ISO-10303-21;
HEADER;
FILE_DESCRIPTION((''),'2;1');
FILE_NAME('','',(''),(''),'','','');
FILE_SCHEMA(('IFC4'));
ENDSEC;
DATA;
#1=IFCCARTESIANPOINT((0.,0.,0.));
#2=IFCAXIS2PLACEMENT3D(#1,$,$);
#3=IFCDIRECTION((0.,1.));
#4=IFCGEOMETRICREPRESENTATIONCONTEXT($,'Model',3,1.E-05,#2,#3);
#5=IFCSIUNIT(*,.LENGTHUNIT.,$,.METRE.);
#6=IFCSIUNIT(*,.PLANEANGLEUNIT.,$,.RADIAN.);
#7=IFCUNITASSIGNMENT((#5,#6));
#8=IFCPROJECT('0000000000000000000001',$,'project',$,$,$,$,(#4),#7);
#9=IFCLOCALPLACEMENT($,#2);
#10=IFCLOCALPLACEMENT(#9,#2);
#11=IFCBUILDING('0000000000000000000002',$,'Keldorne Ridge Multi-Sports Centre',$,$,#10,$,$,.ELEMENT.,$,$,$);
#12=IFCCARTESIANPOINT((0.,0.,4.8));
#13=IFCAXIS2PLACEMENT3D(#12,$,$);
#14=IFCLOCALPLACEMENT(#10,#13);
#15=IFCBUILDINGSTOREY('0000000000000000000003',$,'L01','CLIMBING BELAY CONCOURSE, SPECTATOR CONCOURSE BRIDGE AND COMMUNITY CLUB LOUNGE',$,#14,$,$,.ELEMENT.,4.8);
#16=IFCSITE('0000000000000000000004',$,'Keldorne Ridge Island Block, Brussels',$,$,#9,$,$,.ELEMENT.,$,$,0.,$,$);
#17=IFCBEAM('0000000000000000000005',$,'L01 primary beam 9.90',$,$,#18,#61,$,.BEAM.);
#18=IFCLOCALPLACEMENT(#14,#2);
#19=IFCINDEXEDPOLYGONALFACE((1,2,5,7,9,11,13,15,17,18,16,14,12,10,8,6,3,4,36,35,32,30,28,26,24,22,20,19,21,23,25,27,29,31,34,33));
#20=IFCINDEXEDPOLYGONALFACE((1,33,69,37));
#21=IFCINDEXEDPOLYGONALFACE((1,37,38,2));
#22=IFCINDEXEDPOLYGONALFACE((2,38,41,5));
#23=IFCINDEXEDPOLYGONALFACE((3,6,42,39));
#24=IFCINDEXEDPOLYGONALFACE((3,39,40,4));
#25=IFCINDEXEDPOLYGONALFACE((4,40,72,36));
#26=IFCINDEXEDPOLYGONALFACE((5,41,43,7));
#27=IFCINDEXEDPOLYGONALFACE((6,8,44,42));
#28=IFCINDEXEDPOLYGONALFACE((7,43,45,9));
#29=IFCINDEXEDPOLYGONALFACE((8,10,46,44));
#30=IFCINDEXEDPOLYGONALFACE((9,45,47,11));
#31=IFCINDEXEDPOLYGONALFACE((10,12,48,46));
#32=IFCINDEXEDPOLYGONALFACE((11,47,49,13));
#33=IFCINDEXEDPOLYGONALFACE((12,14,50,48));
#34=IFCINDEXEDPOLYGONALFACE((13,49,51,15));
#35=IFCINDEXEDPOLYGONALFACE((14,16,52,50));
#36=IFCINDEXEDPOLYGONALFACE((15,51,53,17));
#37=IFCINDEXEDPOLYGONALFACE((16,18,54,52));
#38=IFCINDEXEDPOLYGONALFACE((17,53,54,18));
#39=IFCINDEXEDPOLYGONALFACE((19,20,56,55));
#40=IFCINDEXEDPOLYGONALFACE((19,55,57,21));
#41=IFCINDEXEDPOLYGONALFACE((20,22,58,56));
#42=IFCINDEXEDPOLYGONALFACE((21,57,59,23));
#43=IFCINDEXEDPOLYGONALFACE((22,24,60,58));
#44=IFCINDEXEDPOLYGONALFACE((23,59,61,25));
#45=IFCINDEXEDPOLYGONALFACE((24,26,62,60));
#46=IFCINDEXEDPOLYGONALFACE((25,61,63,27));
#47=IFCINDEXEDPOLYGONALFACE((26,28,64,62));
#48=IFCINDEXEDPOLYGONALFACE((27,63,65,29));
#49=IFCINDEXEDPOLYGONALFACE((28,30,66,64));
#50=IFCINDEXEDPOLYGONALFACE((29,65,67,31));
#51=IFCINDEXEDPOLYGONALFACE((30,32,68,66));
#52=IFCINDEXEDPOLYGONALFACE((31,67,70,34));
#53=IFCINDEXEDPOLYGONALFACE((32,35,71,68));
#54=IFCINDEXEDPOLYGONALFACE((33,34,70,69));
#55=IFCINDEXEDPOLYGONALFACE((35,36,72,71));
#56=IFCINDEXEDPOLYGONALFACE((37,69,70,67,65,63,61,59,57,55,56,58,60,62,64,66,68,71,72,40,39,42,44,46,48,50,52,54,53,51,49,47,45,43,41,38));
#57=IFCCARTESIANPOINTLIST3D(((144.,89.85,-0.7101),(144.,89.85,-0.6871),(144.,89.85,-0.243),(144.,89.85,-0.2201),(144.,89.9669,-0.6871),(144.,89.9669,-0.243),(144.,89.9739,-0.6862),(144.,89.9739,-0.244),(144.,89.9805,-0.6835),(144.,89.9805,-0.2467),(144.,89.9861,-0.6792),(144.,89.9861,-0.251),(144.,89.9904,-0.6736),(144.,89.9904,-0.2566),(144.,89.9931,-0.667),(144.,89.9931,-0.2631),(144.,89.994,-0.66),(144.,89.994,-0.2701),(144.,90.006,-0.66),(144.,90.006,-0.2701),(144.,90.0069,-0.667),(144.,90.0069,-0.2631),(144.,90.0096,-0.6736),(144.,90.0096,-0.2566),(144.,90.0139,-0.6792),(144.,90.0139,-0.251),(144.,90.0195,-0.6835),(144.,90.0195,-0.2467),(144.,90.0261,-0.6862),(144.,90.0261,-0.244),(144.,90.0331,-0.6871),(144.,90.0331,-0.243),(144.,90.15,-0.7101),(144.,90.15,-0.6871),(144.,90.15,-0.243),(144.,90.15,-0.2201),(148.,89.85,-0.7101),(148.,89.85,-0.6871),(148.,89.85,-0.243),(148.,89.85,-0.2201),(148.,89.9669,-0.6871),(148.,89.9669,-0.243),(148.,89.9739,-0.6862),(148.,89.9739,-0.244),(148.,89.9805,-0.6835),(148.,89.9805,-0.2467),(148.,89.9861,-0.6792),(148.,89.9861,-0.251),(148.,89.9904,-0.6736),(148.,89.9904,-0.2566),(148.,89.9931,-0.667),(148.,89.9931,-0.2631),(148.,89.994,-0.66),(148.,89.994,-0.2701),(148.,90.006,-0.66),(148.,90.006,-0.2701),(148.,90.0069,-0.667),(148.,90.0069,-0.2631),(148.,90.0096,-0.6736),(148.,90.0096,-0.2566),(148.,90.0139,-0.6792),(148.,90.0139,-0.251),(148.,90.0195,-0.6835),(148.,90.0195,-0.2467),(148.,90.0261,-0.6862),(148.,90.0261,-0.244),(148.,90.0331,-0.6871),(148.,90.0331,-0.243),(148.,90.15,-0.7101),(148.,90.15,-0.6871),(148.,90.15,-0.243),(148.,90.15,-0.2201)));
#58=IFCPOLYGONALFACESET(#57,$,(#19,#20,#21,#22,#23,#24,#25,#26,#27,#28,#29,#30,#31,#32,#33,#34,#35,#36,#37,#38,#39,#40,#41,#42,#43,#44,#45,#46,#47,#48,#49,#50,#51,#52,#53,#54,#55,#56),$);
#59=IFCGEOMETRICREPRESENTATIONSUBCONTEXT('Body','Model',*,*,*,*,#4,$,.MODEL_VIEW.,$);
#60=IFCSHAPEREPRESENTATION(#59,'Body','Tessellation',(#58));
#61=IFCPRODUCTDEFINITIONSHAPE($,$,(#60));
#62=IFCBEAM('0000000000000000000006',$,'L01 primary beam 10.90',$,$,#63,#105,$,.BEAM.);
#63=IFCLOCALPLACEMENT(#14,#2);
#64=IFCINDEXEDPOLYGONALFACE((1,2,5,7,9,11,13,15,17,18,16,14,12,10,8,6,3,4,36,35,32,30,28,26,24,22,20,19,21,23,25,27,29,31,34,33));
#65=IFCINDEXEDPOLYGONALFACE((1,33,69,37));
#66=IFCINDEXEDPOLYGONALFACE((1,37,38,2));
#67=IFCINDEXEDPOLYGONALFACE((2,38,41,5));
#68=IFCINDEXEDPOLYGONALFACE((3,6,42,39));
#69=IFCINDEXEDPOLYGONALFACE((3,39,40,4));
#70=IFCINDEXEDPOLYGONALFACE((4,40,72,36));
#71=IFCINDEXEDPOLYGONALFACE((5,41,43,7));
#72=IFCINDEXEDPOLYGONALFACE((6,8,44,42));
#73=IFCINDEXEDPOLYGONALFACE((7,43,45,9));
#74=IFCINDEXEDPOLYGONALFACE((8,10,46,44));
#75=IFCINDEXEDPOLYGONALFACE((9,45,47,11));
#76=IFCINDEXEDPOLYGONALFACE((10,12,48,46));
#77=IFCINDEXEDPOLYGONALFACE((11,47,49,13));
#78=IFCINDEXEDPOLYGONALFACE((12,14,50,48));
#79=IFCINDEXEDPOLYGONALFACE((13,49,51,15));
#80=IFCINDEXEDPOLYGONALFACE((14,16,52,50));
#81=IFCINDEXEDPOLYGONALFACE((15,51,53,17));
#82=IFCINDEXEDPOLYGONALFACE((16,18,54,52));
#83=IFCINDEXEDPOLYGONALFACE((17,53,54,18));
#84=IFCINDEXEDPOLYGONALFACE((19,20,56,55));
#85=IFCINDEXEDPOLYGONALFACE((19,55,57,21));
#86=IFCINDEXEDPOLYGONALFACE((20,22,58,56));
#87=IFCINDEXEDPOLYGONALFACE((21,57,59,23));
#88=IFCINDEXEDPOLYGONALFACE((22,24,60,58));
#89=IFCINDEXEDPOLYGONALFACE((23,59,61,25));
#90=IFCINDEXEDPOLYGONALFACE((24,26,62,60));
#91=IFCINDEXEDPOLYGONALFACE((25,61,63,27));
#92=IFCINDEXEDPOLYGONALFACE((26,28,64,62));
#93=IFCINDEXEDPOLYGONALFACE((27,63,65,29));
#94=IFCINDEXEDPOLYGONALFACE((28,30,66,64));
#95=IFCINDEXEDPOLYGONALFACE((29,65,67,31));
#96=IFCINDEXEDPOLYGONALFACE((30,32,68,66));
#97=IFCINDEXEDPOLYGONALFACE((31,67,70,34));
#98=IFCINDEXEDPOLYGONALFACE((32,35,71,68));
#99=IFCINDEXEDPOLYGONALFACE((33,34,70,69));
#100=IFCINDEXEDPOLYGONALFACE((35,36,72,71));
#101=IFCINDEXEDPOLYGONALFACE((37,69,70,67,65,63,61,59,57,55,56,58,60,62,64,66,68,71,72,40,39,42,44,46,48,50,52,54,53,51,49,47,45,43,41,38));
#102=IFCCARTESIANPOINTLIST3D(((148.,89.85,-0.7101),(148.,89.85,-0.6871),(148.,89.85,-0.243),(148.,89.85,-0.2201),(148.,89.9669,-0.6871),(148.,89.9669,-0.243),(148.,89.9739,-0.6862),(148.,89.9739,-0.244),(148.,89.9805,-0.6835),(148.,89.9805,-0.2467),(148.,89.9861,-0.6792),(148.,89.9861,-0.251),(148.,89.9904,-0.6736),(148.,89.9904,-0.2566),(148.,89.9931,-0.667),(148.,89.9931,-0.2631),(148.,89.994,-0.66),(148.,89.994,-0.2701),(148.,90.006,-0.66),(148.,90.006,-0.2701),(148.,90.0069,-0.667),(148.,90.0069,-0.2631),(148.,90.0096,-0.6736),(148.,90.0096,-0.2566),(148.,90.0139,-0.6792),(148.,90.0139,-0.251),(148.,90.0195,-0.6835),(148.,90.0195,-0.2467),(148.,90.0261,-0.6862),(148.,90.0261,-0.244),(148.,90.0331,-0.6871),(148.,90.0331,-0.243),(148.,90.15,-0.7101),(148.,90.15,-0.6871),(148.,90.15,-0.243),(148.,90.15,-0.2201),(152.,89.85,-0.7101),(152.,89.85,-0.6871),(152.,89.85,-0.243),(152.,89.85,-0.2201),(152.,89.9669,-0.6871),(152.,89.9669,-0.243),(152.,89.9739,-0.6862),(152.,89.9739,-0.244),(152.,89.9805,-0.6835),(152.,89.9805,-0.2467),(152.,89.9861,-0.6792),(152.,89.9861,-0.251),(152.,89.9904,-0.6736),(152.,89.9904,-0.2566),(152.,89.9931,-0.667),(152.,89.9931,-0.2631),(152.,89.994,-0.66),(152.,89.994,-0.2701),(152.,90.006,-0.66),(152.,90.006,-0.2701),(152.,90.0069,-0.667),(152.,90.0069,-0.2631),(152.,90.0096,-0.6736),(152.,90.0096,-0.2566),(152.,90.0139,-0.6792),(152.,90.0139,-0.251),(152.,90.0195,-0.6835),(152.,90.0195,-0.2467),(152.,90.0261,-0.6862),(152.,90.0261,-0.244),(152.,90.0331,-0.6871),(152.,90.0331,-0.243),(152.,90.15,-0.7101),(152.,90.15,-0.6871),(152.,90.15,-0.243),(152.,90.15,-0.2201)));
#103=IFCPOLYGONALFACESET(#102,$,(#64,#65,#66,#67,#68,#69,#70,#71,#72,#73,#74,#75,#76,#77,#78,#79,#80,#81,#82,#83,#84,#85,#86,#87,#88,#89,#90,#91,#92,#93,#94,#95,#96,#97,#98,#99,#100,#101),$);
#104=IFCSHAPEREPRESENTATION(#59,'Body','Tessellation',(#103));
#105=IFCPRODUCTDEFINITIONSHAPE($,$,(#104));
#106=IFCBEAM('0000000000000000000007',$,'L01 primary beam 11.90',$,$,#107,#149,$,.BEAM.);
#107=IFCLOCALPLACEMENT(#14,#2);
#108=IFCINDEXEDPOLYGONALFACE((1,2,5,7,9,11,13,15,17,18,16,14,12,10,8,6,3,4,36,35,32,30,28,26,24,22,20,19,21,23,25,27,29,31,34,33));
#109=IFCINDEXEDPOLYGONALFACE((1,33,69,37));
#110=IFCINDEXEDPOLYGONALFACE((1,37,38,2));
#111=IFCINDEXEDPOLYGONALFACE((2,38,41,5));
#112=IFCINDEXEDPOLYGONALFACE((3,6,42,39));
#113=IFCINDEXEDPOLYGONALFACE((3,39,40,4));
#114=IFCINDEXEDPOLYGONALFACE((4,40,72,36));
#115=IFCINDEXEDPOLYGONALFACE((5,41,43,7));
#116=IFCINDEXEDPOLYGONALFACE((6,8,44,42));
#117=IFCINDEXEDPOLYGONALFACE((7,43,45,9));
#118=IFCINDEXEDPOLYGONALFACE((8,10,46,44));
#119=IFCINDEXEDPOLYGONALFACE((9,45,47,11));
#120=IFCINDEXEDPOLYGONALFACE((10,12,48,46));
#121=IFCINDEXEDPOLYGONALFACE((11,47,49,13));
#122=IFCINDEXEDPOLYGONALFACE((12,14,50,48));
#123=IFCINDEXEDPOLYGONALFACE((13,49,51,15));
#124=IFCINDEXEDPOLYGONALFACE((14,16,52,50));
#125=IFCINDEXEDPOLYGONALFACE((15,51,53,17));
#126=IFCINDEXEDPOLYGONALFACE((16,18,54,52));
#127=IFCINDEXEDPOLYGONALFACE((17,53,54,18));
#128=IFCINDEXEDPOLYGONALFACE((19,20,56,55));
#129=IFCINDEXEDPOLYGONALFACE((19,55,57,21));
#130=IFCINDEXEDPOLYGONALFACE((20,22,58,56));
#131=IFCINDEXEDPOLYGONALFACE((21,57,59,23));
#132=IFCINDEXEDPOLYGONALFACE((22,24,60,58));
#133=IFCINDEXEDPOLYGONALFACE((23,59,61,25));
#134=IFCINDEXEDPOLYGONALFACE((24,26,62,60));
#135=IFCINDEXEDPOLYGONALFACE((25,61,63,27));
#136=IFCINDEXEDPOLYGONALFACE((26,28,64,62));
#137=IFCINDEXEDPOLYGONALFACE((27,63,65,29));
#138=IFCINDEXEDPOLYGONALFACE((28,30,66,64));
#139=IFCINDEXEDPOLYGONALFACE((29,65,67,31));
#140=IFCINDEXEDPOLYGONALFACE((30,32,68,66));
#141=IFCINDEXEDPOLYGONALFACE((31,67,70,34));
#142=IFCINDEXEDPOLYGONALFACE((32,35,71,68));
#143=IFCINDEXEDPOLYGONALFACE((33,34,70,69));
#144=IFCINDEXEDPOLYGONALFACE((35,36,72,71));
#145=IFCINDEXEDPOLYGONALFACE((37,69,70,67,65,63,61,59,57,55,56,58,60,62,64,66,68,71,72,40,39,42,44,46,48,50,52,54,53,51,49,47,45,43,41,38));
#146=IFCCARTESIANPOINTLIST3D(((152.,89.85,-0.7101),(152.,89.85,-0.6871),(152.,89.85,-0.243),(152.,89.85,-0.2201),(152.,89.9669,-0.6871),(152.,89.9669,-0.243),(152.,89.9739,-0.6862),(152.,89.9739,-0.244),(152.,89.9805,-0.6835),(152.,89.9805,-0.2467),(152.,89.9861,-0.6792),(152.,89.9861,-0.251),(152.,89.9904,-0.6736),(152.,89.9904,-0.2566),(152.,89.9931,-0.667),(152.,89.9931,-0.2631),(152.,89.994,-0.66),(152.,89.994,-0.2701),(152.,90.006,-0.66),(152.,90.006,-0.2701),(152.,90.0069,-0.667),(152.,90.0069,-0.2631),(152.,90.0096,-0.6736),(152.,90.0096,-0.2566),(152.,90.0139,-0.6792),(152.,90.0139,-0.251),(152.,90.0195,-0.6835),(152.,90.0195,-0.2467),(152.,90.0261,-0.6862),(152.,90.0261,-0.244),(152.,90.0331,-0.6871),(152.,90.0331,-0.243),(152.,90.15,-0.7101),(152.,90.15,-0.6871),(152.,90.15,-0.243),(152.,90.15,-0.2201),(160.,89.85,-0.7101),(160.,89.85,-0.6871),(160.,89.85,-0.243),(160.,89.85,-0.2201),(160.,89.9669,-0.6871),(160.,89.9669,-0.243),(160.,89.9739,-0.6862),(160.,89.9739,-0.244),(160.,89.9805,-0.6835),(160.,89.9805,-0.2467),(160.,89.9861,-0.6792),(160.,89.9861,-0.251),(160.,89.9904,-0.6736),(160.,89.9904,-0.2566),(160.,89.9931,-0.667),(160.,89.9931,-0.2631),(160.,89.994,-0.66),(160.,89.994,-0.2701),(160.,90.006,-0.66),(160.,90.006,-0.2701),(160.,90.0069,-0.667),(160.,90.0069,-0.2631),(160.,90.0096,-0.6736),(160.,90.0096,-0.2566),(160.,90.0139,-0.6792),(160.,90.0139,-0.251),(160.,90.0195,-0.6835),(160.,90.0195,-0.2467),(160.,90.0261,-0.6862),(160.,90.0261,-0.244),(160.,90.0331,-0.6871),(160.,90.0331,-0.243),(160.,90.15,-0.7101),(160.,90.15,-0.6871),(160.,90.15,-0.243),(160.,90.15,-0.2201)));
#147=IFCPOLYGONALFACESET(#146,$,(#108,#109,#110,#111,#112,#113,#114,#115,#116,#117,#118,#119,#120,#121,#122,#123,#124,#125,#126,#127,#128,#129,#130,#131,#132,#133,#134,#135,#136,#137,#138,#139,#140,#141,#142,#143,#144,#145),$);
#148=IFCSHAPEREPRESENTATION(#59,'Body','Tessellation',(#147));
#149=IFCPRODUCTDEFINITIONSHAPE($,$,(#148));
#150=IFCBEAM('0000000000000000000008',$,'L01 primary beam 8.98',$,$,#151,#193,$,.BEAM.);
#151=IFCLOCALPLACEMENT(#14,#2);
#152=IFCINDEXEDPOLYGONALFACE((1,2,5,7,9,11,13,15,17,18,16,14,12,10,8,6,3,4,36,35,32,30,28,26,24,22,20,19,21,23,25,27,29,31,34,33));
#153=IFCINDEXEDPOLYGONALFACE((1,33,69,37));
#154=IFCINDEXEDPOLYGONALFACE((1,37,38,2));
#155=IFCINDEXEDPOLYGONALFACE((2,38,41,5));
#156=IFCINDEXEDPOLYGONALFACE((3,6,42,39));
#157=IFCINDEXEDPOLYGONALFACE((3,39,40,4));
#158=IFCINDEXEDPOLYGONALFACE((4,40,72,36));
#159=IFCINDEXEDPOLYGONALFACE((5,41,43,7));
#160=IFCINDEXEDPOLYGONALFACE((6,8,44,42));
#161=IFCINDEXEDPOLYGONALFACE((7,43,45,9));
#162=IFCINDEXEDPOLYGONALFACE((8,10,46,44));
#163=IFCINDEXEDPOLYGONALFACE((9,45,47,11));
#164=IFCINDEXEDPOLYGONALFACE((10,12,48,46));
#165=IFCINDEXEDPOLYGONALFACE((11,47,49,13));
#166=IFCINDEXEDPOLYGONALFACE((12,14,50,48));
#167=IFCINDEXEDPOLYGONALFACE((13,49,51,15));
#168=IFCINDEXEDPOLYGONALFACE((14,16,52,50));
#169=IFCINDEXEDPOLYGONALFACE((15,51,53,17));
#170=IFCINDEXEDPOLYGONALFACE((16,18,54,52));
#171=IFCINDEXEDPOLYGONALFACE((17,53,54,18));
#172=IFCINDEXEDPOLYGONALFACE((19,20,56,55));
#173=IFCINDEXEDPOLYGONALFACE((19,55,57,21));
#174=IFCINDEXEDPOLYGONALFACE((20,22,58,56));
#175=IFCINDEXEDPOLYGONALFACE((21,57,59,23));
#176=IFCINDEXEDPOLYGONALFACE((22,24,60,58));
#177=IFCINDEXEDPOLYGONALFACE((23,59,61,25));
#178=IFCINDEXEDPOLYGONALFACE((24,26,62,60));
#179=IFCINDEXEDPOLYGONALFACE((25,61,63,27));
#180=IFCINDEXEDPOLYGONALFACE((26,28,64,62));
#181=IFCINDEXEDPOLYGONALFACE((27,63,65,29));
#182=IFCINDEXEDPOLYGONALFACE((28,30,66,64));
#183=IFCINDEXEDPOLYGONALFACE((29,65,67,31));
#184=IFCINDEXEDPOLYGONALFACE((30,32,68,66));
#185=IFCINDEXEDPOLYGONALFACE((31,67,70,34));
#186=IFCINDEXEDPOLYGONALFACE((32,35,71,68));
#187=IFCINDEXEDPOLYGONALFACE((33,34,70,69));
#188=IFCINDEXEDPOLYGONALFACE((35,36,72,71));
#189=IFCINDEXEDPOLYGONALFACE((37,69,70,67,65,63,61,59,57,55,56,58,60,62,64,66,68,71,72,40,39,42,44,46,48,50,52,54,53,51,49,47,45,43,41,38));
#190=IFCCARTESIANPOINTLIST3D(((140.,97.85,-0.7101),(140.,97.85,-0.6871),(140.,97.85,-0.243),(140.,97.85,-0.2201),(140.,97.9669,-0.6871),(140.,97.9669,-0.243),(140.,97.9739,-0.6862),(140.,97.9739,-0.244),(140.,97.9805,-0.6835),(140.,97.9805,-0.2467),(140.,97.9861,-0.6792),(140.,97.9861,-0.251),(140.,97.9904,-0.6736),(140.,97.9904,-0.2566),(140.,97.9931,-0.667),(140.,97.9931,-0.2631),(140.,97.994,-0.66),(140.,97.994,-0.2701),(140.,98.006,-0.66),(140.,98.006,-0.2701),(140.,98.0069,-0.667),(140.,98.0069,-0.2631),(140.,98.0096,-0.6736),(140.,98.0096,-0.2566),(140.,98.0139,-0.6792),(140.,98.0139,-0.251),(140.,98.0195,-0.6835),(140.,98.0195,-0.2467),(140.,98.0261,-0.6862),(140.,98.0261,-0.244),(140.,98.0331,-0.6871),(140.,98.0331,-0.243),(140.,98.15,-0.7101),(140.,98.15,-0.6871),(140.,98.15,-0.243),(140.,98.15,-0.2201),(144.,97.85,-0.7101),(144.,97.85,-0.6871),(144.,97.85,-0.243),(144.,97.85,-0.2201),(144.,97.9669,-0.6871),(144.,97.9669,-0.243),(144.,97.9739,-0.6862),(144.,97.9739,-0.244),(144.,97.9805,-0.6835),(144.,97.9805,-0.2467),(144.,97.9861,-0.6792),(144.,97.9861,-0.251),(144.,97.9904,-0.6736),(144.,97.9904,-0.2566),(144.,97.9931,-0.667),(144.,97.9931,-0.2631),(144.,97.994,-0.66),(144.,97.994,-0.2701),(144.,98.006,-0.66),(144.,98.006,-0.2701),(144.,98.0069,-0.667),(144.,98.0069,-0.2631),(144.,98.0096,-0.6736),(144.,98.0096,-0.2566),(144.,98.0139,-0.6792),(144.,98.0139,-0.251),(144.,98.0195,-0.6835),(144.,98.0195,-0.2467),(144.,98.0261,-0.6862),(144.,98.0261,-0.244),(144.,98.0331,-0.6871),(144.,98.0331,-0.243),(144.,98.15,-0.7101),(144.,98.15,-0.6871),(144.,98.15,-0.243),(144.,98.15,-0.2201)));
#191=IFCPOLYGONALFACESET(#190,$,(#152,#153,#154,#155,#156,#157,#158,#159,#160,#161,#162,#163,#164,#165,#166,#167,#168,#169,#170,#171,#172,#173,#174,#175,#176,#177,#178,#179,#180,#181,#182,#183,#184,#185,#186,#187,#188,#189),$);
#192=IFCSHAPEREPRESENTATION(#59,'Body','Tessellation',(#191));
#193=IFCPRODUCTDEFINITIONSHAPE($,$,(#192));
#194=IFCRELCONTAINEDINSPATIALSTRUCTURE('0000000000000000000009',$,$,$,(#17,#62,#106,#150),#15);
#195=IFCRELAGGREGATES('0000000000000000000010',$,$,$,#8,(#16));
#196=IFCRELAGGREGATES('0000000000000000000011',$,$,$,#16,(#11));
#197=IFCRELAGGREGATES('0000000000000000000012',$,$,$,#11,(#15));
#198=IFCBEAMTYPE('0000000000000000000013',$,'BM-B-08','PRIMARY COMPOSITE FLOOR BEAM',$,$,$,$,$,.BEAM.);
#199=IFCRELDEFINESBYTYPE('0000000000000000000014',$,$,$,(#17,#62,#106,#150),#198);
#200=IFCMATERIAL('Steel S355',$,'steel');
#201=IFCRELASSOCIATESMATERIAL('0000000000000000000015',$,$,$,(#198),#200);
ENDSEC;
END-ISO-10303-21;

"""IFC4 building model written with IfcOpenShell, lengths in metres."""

from ifc_helpers import new_model, si_unit, direction, frame, origin, origin_2d, place, context, subcontext, project, spatial, i_section, extrude, material, material_profile, profile_set, type_object, element, save


model = new_model("IFC4")

# Units and contexts
model_context = context("Model", 3, precision=1e-05, world=origin(), true_north=direction((0.0, 1.0)))
body_context = subcontext(model_context, "Body", "Model", "MODEL_VIEW")
ifc_project = project(units=[si_unit("LENGTHUNIT", "METRE"), si_unit("PLANEANGLEUNIT", "RADIAN")], contexts=[model_context])

# Site, building, storey
site_placement = place(None, origin())
site = spatial("IfcSite", under=ifc_project, at=site_placement, Name="Keldorne Ridge Island Block, Brussels", CompositionType="ELEMENT", RefElevation=0.0)
building_placement = place(site_placement, origin())
building = spatial("IfcBuilding", under=site, at=building_placement, Name="Keldorne Ridge Multi-Sports Centre", CompositionType="ELEMENT")
storey_placement = place(building_placement, frame((0.0, 0.0, 4.8)))
storey = spatial("IfcBuildingStorey", under=building, at=storey_placement, Name="L01", Description="CLIMBING BELAY CONCOURSE, SPECTATOR CONCOURSE BRIDGE AND COMMUNITY CLUB LOUNGE", CompositionType="ELEMENT", Elevation=4.8)

# Shared definitions
ifc_material_1 = material(Name="Steel S355", Category="steel")

# Beams
ifc_material_profile_1 = material_profile(ifc_material_1, i_section(OverallWidth=0.3, OverallDepth=0.49, WebThickness=0.012, FlangeThickness=0.0229, FilletRadius=0.0271, at=origin_2d()), Name="HEA 500")
ifc_profile_set_1 = profile_set([ifc_material_profile_1], Name="Steel S355")
beam_type_1 = type_object("IfcBeamType", Name="BM-B-08", Description="PRIMARY COMPOSITE FLOOR BEAM", PredefinedType="BEAM", material=ifc_profile_set_1)
for number, where, z_axis, x_axis, name in (
    (1, (144.0, 90.0, -0.4651), (1.0, 0.0, 0.0), (0.0, 1.0, 0.0), "L01 primary beam 9.90"),
    (2, (148.0, 90.0, -0.4651), (1.0, 0.0, 0.0), (0.0, 1.0, 0.0), "L01 primary beam 10.90"),
):
    element("IfcBeam", number, at=place(storey_placement, frame(where, z_axis=z_axis, x_axis=x_axis)), inside=storey, type_object=beam_type_1, Name=name, PredefinedType="BEAM", context=body_context, shape_type="SweptSolid", body=[
        extrude(i_section(OverallWidth=0.3, OverallDepth=0.49, WebThickness=0.012, FlangeThickness=0.0229, FilletRadius=0.0271, at=origin_2d()), origin(), (0.0, 0.0, 1.0), 4.0),
    ])
beam_1_placement = place(storey_placement, frame((152.0, 90.0, -0.4651), z_axis=(1.0, 0.0, 0.0), x_axis=(0.0, 1.0, 0.0)))
element("IfcBeam", 3, at=beam_1_placement, inside=storey, type_object=beam_type_1, Name="L01 primary beam 11.90", PredefinedType="BEAM", context=body_context, shape_type="SweptSolid", body=[
    extrude(i_section(OverallWidth=0.3, OverallDepth=0.49, WebThickness=0.012, FlangeThickness=0.0229, FilletRadius=0.0271, at=origin_2d()), origin(), (0.0, 0.0, 1.0), 8.0),
])
for number, where, z_axis, x_axis, name in (
    (4, (140.0, 98.0, -0.4651), (1.0, 0.0, 0.0), (0.0, 1.0, 0.0), "L01 primary beam 8.98"),
):
    element("IfcBeam", number, at=place(storey_placement, frame(where, z_axis=z_axis, x_axis=x_axis)), inside=storey, type_object=beam_type_1, Name=name, PredefinedType="BEAM", context=body_context, shape_type="SweptSolid", body=[
        extrude(i_section(OverallWidth=0.3, OverallDepth=0.49, WebThickness=0.012, FlangeThickness=0.0229, FilletRadius=0.0271, at=origin_2d()), origin(), (0.0, 0.0, 1.0), 4.0),
    ])

save(model, "model.ifc")
